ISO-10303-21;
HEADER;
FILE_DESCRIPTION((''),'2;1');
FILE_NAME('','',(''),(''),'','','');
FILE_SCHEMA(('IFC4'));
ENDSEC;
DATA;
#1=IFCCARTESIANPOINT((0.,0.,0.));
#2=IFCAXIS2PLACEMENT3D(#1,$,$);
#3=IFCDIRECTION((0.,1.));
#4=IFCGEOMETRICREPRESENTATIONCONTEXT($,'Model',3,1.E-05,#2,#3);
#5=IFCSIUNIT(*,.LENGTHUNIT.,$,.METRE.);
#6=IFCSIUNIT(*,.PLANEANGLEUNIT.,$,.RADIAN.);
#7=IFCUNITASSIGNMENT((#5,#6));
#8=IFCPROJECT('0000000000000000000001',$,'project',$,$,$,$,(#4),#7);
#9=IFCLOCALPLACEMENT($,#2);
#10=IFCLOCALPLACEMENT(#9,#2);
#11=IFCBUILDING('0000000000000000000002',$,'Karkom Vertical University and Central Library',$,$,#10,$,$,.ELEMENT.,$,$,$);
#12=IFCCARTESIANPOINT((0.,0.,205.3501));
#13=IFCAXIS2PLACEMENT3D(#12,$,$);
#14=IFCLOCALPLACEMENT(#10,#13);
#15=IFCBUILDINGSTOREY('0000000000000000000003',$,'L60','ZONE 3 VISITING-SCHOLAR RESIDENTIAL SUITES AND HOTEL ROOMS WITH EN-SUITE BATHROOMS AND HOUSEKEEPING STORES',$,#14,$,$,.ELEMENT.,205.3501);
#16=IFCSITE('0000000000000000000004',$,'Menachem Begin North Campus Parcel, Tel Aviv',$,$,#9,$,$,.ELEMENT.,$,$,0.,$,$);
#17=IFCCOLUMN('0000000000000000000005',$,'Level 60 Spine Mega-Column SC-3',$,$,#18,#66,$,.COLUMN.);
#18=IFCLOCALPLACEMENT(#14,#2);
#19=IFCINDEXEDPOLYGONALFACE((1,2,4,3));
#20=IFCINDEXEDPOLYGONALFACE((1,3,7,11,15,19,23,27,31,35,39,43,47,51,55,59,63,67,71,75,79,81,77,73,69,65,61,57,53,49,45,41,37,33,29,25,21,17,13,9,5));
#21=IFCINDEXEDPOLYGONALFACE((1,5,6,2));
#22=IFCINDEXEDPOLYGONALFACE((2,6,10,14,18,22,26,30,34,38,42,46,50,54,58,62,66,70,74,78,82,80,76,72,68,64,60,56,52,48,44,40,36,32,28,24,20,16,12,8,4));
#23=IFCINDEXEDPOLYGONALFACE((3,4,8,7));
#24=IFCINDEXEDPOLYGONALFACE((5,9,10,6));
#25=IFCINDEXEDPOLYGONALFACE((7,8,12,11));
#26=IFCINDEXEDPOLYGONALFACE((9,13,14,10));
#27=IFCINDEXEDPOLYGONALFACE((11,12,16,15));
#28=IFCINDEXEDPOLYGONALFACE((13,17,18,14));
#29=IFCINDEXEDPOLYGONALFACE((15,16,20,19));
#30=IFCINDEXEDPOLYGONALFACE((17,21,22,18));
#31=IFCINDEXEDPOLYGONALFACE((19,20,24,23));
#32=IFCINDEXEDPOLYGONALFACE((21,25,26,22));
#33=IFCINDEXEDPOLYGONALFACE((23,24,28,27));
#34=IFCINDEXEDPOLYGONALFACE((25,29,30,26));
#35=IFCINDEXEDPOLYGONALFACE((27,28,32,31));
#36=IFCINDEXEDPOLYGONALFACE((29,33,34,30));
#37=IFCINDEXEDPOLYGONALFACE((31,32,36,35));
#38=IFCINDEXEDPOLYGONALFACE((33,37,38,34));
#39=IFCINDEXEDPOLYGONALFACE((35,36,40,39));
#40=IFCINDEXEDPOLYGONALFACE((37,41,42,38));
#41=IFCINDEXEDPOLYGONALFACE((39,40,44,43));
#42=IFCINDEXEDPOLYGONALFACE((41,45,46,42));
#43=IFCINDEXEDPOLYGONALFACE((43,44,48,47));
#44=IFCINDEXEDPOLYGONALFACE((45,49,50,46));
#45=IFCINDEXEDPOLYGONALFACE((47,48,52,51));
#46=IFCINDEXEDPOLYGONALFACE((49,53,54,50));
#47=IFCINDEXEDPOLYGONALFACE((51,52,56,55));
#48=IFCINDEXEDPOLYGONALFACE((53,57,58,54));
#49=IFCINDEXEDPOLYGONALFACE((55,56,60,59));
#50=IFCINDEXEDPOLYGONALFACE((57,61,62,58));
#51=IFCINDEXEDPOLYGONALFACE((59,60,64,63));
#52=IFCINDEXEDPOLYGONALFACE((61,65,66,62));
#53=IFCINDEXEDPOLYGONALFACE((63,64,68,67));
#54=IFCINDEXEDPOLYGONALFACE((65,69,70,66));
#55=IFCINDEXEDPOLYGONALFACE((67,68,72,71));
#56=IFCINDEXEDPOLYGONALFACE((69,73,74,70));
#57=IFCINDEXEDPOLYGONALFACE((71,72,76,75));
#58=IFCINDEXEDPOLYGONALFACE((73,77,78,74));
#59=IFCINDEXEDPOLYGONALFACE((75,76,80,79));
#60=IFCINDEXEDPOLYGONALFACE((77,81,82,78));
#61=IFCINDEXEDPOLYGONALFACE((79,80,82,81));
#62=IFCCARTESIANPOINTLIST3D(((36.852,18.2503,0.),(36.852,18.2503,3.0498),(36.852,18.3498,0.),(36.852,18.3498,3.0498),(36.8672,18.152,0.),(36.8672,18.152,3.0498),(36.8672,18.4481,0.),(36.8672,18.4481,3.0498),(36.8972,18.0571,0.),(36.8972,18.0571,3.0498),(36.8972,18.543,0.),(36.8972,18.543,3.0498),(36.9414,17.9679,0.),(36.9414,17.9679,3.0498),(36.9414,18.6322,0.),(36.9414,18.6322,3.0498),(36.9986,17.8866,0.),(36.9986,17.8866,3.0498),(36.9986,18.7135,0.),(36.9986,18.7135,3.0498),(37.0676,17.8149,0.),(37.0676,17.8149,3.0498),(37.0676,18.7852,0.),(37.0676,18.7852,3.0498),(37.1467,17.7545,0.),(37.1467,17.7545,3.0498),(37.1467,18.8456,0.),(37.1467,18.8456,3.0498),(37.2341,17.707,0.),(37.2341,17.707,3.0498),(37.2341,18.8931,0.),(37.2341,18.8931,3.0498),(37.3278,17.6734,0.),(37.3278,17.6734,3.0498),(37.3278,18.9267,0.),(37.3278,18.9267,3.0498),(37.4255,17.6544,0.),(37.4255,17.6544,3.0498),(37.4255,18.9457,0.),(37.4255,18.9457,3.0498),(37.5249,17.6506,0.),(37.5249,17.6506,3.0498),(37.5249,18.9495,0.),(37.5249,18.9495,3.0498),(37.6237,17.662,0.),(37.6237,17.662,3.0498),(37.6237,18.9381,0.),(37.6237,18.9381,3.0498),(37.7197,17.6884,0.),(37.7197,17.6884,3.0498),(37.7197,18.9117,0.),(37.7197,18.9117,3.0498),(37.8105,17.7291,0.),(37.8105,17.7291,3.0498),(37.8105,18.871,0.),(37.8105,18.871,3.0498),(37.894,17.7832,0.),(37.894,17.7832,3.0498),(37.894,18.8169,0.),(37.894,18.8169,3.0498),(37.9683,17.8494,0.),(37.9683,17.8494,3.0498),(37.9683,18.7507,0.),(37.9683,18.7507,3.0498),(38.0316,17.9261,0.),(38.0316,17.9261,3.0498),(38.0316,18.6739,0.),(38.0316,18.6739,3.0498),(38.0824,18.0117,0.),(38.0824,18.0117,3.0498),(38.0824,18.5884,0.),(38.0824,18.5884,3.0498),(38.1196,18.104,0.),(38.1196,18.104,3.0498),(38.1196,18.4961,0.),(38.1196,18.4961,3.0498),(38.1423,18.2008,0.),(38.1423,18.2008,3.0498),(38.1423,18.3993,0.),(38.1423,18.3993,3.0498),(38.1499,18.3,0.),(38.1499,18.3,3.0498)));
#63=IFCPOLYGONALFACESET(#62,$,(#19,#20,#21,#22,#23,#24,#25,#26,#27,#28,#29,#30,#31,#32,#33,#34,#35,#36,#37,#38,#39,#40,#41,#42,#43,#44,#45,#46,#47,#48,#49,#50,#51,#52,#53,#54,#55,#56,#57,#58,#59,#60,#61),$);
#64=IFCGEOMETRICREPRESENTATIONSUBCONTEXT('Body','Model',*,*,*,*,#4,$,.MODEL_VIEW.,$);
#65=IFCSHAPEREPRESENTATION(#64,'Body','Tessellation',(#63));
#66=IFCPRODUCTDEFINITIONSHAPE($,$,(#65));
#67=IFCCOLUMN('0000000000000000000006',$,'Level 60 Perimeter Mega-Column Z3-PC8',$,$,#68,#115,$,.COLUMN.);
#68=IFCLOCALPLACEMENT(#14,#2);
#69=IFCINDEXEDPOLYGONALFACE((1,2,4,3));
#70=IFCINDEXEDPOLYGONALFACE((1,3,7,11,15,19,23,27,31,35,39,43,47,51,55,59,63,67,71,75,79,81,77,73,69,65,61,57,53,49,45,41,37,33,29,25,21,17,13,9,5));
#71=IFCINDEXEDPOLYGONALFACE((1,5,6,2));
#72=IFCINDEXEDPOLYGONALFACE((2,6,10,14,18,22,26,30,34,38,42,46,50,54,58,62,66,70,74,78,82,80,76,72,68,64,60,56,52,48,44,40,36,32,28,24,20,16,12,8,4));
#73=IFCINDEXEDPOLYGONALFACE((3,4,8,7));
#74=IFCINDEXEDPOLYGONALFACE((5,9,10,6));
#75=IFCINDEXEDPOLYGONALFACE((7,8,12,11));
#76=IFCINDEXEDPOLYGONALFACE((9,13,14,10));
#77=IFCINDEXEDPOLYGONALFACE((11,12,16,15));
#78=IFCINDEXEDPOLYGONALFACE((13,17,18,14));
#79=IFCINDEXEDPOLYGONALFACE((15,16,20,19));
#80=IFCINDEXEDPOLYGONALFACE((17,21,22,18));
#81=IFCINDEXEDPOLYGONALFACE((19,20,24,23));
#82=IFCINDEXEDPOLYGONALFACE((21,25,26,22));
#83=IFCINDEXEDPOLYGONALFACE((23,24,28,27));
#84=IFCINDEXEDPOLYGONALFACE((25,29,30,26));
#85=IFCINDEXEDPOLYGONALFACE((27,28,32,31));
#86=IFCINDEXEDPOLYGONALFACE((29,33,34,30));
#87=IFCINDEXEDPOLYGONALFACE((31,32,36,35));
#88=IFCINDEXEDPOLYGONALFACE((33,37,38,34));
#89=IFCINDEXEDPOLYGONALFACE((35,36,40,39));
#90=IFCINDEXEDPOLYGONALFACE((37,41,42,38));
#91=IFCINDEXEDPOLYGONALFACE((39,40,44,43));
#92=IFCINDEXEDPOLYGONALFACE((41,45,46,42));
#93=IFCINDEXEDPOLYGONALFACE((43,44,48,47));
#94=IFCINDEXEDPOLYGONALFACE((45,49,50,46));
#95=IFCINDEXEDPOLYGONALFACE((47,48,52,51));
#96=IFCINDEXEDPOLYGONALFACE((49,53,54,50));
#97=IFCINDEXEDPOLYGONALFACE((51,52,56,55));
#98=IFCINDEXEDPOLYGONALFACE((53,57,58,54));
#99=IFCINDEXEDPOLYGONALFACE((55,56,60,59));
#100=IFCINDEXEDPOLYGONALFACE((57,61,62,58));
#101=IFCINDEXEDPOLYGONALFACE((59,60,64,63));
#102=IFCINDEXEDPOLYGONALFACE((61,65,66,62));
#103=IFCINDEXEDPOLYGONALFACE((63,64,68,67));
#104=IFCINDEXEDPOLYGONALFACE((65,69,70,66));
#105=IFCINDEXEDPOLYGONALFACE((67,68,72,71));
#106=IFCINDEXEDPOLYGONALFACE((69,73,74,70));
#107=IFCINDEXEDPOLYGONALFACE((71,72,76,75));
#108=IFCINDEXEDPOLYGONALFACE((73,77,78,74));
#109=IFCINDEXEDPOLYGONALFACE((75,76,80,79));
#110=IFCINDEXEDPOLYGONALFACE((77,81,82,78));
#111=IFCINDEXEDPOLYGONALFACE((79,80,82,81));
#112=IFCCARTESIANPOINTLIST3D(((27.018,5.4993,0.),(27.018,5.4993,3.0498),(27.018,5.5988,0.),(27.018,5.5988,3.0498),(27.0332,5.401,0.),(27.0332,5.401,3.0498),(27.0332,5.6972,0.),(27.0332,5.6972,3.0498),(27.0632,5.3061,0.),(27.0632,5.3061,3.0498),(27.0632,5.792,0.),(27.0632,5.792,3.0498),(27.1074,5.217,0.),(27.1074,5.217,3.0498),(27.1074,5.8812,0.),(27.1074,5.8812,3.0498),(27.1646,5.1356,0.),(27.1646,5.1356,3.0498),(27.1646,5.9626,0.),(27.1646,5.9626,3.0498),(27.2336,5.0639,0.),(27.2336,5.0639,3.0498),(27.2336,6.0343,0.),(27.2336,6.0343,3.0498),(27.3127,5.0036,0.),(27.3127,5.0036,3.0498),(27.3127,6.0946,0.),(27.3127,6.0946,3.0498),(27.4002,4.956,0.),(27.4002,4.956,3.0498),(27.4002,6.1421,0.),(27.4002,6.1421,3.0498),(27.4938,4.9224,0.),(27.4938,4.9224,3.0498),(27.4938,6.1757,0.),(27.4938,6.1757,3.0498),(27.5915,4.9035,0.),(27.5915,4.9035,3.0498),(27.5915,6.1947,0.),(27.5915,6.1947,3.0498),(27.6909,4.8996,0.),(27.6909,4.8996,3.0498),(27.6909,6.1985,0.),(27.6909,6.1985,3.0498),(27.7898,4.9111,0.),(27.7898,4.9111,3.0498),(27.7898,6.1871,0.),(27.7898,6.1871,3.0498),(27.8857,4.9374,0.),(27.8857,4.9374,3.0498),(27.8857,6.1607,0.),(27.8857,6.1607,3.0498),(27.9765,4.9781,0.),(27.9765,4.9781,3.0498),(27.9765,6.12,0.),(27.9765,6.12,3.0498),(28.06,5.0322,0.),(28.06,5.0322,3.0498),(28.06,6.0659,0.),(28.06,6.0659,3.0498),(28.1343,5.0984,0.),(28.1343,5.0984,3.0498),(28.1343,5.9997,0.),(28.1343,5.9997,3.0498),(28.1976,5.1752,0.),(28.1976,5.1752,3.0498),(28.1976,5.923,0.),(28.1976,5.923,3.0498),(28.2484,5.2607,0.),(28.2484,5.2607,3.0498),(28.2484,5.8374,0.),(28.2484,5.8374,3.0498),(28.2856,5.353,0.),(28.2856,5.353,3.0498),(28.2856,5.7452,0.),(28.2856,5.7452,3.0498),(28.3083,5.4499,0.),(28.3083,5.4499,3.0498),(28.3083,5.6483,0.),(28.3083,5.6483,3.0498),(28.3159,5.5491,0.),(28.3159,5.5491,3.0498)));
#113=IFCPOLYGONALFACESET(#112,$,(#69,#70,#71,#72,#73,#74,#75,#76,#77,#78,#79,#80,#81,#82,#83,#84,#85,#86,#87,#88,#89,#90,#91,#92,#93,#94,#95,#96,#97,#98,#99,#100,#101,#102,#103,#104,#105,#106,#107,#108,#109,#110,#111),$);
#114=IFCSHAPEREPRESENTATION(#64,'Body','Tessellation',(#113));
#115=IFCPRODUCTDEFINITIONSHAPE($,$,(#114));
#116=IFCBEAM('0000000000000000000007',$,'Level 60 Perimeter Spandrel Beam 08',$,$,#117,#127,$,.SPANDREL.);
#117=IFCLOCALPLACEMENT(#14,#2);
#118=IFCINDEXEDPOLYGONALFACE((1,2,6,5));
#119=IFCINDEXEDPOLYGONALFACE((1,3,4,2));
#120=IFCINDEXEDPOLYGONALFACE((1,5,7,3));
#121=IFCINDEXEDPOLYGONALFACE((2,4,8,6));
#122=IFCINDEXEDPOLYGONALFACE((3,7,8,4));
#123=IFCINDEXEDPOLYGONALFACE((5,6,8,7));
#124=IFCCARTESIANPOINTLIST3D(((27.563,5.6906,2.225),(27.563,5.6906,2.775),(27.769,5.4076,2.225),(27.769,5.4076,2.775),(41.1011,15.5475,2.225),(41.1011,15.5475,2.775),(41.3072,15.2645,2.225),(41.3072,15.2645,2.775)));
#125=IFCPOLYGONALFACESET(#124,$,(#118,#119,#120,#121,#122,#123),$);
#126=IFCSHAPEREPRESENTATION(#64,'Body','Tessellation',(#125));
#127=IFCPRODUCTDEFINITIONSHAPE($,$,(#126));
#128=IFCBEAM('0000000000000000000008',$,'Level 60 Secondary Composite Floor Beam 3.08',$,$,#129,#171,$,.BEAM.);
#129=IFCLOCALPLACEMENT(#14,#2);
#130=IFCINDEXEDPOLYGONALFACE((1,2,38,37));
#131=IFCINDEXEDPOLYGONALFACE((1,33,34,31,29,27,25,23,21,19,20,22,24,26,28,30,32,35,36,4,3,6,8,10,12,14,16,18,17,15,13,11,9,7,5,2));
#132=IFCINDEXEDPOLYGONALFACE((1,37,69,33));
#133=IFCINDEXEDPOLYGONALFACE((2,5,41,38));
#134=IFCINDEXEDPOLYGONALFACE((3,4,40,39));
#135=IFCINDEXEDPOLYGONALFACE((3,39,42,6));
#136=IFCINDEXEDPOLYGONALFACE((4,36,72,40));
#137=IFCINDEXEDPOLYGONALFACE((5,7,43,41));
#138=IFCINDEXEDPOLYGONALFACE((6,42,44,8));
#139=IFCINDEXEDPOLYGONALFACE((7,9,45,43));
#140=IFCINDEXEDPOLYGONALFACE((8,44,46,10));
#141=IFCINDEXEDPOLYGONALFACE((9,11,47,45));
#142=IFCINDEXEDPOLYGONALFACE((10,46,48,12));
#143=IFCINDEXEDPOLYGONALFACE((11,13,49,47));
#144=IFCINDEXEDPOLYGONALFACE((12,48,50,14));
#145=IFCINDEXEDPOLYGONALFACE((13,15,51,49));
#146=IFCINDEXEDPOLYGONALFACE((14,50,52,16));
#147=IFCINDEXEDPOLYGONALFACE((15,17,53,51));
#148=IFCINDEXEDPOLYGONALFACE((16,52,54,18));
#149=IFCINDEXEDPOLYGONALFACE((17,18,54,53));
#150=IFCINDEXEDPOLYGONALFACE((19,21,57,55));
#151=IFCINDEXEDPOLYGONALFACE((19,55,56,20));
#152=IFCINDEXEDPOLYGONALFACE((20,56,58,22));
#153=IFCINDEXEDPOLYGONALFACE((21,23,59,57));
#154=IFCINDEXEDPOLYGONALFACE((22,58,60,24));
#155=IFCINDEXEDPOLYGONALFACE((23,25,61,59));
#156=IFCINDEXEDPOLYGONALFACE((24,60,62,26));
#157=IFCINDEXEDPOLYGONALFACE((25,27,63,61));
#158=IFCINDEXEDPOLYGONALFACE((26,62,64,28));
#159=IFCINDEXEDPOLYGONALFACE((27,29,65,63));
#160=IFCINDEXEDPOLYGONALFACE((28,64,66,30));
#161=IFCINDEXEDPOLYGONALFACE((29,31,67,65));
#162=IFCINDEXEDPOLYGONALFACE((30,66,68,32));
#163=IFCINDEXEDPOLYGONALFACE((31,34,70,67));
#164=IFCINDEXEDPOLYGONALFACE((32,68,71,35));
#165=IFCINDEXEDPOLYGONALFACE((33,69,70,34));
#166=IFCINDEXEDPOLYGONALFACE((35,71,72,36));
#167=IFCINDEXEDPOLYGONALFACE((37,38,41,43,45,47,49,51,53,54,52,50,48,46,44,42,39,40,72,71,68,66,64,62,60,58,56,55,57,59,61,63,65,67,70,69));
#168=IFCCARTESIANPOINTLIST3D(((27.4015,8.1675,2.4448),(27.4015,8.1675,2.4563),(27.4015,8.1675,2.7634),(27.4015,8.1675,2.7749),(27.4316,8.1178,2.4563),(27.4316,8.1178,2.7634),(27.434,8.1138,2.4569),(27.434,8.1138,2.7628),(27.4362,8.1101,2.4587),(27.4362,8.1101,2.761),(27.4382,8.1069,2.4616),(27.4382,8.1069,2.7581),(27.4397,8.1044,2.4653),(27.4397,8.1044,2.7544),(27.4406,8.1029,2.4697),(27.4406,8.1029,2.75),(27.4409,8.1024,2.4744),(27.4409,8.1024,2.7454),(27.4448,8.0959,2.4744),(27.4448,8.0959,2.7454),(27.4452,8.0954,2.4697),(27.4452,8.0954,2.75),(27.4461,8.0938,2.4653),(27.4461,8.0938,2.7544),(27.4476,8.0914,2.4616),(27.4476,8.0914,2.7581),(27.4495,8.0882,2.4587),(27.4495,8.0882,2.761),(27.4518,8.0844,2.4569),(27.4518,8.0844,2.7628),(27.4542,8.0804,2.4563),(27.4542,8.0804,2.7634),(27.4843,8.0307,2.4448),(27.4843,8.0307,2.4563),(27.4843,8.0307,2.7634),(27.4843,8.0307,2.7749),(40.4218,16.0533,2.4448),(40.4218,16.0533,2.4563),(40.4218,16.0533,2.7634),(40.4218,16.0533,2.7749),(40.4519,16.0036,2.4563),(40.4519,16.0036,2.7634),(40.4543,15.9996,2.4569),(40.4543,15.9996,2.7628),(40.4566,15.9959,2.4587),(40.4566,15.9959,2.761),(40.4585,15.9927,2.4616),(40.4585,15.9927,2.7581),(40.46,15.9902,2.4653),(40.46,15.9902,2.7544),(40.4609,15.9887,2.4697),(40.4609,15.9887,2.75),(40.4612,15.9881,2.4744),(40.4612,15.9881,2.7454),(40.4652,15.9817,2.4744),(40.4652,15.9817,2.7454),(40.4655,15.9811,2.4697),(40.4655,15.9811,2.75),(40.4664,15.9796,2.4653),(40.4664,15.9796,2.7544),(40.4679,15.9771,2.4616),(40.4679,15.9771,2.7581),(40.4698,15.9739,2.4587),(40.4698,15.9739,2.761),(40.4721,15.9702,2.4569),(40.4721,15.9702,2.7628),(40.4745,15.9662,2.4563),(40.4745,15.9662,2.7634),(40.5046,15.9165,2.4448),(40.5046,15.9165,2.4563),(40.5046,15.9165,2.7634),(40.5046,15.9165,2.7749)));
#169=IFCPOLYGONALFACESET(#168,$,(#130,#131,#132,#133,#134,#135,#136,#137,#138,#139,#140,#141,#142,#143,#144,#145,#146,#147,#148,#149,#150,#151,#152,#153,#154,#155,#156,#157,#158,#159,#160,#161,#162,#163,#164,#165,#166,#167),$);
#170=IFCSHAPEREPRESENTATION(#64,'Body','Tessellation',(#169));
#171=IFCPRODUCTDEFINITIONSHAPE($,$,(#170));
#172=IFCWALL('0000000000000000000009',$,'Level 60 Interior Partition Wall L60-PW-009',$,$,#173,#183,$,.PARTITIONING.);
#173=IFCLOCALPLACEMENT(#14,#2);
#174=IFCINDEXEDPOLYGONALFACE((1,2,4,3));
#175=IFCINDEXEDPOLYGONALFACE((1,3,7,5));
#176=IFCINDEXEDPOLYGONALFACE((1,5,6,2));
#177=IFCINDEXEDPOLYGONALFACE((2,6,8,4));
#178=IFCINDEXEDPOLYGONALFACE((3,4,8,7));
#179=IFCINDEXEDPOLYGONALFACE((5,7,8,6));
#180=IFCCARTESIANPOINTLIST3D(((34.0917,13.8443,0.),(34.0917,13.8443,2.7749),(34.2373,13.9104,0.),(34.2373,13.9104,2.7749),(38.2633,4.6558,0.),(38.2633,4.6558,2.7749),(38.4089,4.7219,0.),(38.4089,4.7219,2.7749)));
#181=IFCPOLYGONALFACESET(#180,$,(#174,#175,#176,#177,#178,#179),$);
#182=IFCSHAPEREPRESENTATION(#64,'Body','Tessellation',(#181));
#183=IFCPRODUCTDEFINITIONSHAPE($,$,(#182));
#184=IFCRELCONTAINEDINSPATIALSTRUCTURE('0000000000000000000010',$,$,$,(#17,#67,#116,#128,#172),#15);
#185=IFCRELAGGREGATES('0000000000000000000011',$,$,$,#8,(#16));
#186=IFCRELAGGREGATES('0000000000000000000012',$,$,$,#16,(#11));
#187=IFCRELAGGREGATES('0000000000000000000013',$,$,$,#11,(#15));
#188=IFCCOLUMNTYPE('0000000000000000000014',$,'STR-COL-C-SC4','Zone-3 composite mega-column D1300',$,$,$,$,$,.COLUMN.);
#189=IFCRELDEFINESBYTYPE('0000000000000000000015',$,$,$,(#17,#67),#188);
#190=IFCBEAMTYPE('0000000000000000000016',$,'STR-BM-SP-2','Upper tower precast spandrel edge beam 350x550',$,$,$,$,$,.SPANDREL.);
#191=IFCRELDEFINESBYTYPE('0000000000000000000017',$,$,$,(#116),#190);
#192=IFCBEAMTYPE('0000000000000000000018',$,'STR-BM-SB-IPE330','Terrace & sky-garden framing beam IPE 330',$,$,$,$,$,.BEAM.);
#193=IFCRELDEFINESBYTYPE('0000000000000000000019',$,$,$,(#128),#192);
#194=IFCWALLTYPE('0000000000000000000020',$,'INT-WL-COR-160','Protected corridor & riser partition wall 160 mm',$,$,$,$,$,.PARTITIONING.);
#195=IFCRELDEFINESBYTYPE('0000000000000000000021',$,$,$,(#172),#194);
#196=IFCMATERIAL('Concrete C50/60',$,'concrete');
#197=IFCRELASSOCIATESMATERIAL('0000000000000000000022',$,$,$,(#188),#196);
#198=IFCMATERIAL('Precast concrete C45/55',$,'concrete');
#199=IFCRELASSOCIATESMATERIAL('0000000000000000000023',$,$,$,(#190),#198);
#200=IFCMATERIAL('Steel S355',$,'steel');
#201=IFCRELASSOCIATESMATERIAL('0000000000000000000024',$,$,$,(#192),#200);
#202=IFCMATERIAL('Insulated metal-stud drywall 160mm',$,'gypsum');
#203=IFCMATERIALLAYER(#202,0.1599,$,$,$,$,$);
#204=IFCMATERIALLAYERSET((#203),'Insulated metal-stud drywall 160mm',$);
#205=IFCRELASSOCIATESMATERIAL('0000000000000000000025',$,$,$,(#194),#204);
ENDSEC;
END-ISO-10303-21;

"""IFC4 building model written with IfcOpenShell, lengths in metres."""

from ifc_helpers import new_model, si_unit, direction, frame, frame_2d, origin, origin_with_axes, origin_2d, place, context, subcontext, project, spatial, rectangle, circle, i_section, extrude, source, transform, mapped, material, layer, layer_set, material_profile, profile_set, type_object, element, save


model = new_model("IFC4")

# Units and contexts
model_context = context("Model", 3, precision=1e-05, world=origin(), true_north=direction((0.0, 1.0)))
body_context = subcontext(model_context, "Body", "Model", "MODEL_VIEW")
ifc_project = project(units=[si_unit("LENGTHUNIT", "METRE"), si_unit("PLANEANGLEUNIT", "RADIAN")], contexts=[model_context])

# Site, building, storey
site_placement = place(None, origin())
site = spatial("IfcSite", under=ifc_project, at=site_placement, Name="Menachem Begin North Campus Parcel, Tel Aviv", CompositionType="ELEMENT", RefElevation=0.0)
building_placement = place(site_placement, origin())
building = spatial("IfcBuilding", under=site, at=building_placement, Name="Karkom Vertical University and Central Library", CompositionType="ELEMENT")
storey_placement = place(building_placement, frame((0.0, 0.0, 205.3501)))
storey = spatial("IfcBuildingStorey", under=building, at=storey_placement, Name="L60", Description="ZONE 3 VISITING-SCHOLAR RESIDENTIAL SUITES AND HOTEL ROOMS WITH EN-SUITE BATHROOMS AND HOUSEKEEPING STORES", CompositionType="ELEMENT", Elevation=205.3501)

# Columns
ifc_material_1 = material(Name="Concrete C50/60", Category="concrete")
ifc_material_profile_1 = material_profile(ifc_material_1, circle(Radius=0.6499, at=origin_2d()), Name="CFT-D1300")
ifc_profile_set_1 = profile_set([ifc_material_profile_1], Name="Concrete C50/60")
column_type = type_object("IfcColumnType", Name="STR-COL-C-SC4", Description="Zone-3 composite mega-column D1300", PredefinedType="COLUMN", material=ifc_profile_set_1)
shared_shape_1 = source(origin_with_axes(), body_context, "Body", "SweptSolid", [
    extrude(circle(Radius=0.6499, at=origin_2d()), origin(), (0.0, 0.0, 1.0), 3.0498),
])
for number, where, z_axis, x_axis, name in (
    (1, (37.5, 18.3, 0.0), (0.0, 0.0, 1.0), (1.0, 0.0, 0.0), "Level 60 Spine Mega-Column SC-3"),
    (2, (27.666, 5.5491, 0.0), (0.0, 0.0, 1.0), (1.0, 0.0, 0.0), "Level 60 Perimeter Mega-Column Z3-PC8"),
):
    element("IfcColumn", number, at=place(storey_placement, frame(where, z_axis=z_axis, x_axis=x_axis)), inside=storey, type_object=column_type, Name=name, PredefinedType="COLUMN", context=body_context, shape_type="MappedRepresentation", body=[
        mapped(shared_shape_1, transform((0.0, 0.0, 0.0), scale=1.0)),
    ])

# Beams
ifc_material_2 = material(Name="Precast concrete C45/55", Category="concrete")
ifc_material_profile_2 = material_profile(ifc_material_2, rectangle(XDim=0.3501, YDim=0.55, at=origin_2d()), Name="SPB-350x550")
ifc_profile_set_2 = profile_set([ifc_material_profile_2], Name="Precast concrete C45/55")
beam_type_1 = type_object("IfcBeamType", Name="STR-BM-SP-2", Description="Upper tower precast spandrel edge beam 350x550", PredefinedType="SPANDREL", material=ifc_profile_set_2)
shared_shape_2 = source(origin_with_axes(), body_context, "Body", "SweptSolid", [
    extrude(rectangle(XDim=0.3501, YDim=0.55, at=origin_2d()), origin(), (0.0, 0.0, 1.0), 16.7463),
])
beam_1_placement = place(storey_placement, frame((27.666, 5.5491, 2.5), z_axis=(0.808422, 0.588603, 0.0), x_axis=(-0.588603, 0.808422, 0.0)))
element("IfcBeam", 3, at=beam_1_placement, inside=storey, type_object=beam_type_1, Name="Level 60 Perimeter Spandrel Beam 08", PredefinedType="SPANDREL", context=body_context, shape_type="MappedRepresentation", body=[
    mapped(shared_shape_2, transform((0.0, 0.0, 0.0), scale=1.0)),
])
ifc_material_3 = material(Name="Steel S355", Category="steel")
ifc_material_profile_3 = material_profile(ifc_material_3, i_section(OverallWidth=0.1599, OverallDepth=0.3301, WebThickness=0.0076, FlangeThickness=0.0115, FilletRadius=0.0181, at=origin_2d()), Name="IPE 330")
ifc_profile_set_3 = profile_set([ifc_material_profile_3], Name="Steel S355")
beam_type_2 = type_object("IfcBeamType", Name="STR-BM-SB-IPE330", Description="Terrace & sky-garden framing beam IPE 330", PredefinedType="BEAM", material=ifc_profile_set_3)
shared_shape_3 = source(origin_with_axes(), body_context, "Body", "SweptSolid", [
    extrude(i_section(OverallWidth=0.1599, OverallDepth=0.3301, WebThickness=0.0076, FlangeThickness=0.0115, FilletRadius=0.0181, at=origin_2d()), origin(), (0.0, 0.0, 1.0), 15.2222),
])
beam_2_placement = place(storey_placement, frame((27.4429, 8.0991, 2.6099), z_axis=(0.855353, 0.518046, 0.0), x_axis=(-0.518046, 0.855353, 0.0)))
element("IfcBeam", 4, at=beam_2_placement, inside=storey, type_object=beam_type_2, Name="Level 60 Secondary Composite Floor Beam 3.08", PredefinedType="BEAM", context=body_context, shape_type="MappedRepresentation", body=[
    mapped(shared_shape_3, transform((0.0, 0.0, 0.0), scale=1.0)),
])

# Wall
ifc_material_4 = material(Name="Insulated metal-stud drywall 160mm", Category="gypsum")
ifc_layer_1 = layer(ifc_material_4, 0.1599)
ifc_layer_set_1 = layer_set([ifc_layer_1], Name="Insulated metal-stud drywall 160mm")
wall_type_1 = type_object("IfcWallType", Name="INT-WL-COR-160", Description="Protected corridor & riser partition wall 160 mm", PredefinedType="PARTITIONING", material=ifc_layer_set_1)
wall_1_placement = place(storey_placement, frame((34.1646, 13.8772, 0.0), z_axis=(0.0, 0.0, 1.0), x_axis=(0.413396, -0.910551, 0.0)))
element("IfcWall", 5, at=wall_1_placement, inside=storey, type_object=wall_type_1, Name="Level 60 Interior Partition Wall L60-PW-009", PredefinedType="PARTITIONING", context=body_context, shape_type="SweptSolid", body=[
    extrude(rectangle(XDim=10.0911, YDim=0.1599, at=frame_2d((5.0454, 0.0))), origin(), (0.0, 0.0, 1.0), 2.7749),
])

save(model, "model.ifc")
